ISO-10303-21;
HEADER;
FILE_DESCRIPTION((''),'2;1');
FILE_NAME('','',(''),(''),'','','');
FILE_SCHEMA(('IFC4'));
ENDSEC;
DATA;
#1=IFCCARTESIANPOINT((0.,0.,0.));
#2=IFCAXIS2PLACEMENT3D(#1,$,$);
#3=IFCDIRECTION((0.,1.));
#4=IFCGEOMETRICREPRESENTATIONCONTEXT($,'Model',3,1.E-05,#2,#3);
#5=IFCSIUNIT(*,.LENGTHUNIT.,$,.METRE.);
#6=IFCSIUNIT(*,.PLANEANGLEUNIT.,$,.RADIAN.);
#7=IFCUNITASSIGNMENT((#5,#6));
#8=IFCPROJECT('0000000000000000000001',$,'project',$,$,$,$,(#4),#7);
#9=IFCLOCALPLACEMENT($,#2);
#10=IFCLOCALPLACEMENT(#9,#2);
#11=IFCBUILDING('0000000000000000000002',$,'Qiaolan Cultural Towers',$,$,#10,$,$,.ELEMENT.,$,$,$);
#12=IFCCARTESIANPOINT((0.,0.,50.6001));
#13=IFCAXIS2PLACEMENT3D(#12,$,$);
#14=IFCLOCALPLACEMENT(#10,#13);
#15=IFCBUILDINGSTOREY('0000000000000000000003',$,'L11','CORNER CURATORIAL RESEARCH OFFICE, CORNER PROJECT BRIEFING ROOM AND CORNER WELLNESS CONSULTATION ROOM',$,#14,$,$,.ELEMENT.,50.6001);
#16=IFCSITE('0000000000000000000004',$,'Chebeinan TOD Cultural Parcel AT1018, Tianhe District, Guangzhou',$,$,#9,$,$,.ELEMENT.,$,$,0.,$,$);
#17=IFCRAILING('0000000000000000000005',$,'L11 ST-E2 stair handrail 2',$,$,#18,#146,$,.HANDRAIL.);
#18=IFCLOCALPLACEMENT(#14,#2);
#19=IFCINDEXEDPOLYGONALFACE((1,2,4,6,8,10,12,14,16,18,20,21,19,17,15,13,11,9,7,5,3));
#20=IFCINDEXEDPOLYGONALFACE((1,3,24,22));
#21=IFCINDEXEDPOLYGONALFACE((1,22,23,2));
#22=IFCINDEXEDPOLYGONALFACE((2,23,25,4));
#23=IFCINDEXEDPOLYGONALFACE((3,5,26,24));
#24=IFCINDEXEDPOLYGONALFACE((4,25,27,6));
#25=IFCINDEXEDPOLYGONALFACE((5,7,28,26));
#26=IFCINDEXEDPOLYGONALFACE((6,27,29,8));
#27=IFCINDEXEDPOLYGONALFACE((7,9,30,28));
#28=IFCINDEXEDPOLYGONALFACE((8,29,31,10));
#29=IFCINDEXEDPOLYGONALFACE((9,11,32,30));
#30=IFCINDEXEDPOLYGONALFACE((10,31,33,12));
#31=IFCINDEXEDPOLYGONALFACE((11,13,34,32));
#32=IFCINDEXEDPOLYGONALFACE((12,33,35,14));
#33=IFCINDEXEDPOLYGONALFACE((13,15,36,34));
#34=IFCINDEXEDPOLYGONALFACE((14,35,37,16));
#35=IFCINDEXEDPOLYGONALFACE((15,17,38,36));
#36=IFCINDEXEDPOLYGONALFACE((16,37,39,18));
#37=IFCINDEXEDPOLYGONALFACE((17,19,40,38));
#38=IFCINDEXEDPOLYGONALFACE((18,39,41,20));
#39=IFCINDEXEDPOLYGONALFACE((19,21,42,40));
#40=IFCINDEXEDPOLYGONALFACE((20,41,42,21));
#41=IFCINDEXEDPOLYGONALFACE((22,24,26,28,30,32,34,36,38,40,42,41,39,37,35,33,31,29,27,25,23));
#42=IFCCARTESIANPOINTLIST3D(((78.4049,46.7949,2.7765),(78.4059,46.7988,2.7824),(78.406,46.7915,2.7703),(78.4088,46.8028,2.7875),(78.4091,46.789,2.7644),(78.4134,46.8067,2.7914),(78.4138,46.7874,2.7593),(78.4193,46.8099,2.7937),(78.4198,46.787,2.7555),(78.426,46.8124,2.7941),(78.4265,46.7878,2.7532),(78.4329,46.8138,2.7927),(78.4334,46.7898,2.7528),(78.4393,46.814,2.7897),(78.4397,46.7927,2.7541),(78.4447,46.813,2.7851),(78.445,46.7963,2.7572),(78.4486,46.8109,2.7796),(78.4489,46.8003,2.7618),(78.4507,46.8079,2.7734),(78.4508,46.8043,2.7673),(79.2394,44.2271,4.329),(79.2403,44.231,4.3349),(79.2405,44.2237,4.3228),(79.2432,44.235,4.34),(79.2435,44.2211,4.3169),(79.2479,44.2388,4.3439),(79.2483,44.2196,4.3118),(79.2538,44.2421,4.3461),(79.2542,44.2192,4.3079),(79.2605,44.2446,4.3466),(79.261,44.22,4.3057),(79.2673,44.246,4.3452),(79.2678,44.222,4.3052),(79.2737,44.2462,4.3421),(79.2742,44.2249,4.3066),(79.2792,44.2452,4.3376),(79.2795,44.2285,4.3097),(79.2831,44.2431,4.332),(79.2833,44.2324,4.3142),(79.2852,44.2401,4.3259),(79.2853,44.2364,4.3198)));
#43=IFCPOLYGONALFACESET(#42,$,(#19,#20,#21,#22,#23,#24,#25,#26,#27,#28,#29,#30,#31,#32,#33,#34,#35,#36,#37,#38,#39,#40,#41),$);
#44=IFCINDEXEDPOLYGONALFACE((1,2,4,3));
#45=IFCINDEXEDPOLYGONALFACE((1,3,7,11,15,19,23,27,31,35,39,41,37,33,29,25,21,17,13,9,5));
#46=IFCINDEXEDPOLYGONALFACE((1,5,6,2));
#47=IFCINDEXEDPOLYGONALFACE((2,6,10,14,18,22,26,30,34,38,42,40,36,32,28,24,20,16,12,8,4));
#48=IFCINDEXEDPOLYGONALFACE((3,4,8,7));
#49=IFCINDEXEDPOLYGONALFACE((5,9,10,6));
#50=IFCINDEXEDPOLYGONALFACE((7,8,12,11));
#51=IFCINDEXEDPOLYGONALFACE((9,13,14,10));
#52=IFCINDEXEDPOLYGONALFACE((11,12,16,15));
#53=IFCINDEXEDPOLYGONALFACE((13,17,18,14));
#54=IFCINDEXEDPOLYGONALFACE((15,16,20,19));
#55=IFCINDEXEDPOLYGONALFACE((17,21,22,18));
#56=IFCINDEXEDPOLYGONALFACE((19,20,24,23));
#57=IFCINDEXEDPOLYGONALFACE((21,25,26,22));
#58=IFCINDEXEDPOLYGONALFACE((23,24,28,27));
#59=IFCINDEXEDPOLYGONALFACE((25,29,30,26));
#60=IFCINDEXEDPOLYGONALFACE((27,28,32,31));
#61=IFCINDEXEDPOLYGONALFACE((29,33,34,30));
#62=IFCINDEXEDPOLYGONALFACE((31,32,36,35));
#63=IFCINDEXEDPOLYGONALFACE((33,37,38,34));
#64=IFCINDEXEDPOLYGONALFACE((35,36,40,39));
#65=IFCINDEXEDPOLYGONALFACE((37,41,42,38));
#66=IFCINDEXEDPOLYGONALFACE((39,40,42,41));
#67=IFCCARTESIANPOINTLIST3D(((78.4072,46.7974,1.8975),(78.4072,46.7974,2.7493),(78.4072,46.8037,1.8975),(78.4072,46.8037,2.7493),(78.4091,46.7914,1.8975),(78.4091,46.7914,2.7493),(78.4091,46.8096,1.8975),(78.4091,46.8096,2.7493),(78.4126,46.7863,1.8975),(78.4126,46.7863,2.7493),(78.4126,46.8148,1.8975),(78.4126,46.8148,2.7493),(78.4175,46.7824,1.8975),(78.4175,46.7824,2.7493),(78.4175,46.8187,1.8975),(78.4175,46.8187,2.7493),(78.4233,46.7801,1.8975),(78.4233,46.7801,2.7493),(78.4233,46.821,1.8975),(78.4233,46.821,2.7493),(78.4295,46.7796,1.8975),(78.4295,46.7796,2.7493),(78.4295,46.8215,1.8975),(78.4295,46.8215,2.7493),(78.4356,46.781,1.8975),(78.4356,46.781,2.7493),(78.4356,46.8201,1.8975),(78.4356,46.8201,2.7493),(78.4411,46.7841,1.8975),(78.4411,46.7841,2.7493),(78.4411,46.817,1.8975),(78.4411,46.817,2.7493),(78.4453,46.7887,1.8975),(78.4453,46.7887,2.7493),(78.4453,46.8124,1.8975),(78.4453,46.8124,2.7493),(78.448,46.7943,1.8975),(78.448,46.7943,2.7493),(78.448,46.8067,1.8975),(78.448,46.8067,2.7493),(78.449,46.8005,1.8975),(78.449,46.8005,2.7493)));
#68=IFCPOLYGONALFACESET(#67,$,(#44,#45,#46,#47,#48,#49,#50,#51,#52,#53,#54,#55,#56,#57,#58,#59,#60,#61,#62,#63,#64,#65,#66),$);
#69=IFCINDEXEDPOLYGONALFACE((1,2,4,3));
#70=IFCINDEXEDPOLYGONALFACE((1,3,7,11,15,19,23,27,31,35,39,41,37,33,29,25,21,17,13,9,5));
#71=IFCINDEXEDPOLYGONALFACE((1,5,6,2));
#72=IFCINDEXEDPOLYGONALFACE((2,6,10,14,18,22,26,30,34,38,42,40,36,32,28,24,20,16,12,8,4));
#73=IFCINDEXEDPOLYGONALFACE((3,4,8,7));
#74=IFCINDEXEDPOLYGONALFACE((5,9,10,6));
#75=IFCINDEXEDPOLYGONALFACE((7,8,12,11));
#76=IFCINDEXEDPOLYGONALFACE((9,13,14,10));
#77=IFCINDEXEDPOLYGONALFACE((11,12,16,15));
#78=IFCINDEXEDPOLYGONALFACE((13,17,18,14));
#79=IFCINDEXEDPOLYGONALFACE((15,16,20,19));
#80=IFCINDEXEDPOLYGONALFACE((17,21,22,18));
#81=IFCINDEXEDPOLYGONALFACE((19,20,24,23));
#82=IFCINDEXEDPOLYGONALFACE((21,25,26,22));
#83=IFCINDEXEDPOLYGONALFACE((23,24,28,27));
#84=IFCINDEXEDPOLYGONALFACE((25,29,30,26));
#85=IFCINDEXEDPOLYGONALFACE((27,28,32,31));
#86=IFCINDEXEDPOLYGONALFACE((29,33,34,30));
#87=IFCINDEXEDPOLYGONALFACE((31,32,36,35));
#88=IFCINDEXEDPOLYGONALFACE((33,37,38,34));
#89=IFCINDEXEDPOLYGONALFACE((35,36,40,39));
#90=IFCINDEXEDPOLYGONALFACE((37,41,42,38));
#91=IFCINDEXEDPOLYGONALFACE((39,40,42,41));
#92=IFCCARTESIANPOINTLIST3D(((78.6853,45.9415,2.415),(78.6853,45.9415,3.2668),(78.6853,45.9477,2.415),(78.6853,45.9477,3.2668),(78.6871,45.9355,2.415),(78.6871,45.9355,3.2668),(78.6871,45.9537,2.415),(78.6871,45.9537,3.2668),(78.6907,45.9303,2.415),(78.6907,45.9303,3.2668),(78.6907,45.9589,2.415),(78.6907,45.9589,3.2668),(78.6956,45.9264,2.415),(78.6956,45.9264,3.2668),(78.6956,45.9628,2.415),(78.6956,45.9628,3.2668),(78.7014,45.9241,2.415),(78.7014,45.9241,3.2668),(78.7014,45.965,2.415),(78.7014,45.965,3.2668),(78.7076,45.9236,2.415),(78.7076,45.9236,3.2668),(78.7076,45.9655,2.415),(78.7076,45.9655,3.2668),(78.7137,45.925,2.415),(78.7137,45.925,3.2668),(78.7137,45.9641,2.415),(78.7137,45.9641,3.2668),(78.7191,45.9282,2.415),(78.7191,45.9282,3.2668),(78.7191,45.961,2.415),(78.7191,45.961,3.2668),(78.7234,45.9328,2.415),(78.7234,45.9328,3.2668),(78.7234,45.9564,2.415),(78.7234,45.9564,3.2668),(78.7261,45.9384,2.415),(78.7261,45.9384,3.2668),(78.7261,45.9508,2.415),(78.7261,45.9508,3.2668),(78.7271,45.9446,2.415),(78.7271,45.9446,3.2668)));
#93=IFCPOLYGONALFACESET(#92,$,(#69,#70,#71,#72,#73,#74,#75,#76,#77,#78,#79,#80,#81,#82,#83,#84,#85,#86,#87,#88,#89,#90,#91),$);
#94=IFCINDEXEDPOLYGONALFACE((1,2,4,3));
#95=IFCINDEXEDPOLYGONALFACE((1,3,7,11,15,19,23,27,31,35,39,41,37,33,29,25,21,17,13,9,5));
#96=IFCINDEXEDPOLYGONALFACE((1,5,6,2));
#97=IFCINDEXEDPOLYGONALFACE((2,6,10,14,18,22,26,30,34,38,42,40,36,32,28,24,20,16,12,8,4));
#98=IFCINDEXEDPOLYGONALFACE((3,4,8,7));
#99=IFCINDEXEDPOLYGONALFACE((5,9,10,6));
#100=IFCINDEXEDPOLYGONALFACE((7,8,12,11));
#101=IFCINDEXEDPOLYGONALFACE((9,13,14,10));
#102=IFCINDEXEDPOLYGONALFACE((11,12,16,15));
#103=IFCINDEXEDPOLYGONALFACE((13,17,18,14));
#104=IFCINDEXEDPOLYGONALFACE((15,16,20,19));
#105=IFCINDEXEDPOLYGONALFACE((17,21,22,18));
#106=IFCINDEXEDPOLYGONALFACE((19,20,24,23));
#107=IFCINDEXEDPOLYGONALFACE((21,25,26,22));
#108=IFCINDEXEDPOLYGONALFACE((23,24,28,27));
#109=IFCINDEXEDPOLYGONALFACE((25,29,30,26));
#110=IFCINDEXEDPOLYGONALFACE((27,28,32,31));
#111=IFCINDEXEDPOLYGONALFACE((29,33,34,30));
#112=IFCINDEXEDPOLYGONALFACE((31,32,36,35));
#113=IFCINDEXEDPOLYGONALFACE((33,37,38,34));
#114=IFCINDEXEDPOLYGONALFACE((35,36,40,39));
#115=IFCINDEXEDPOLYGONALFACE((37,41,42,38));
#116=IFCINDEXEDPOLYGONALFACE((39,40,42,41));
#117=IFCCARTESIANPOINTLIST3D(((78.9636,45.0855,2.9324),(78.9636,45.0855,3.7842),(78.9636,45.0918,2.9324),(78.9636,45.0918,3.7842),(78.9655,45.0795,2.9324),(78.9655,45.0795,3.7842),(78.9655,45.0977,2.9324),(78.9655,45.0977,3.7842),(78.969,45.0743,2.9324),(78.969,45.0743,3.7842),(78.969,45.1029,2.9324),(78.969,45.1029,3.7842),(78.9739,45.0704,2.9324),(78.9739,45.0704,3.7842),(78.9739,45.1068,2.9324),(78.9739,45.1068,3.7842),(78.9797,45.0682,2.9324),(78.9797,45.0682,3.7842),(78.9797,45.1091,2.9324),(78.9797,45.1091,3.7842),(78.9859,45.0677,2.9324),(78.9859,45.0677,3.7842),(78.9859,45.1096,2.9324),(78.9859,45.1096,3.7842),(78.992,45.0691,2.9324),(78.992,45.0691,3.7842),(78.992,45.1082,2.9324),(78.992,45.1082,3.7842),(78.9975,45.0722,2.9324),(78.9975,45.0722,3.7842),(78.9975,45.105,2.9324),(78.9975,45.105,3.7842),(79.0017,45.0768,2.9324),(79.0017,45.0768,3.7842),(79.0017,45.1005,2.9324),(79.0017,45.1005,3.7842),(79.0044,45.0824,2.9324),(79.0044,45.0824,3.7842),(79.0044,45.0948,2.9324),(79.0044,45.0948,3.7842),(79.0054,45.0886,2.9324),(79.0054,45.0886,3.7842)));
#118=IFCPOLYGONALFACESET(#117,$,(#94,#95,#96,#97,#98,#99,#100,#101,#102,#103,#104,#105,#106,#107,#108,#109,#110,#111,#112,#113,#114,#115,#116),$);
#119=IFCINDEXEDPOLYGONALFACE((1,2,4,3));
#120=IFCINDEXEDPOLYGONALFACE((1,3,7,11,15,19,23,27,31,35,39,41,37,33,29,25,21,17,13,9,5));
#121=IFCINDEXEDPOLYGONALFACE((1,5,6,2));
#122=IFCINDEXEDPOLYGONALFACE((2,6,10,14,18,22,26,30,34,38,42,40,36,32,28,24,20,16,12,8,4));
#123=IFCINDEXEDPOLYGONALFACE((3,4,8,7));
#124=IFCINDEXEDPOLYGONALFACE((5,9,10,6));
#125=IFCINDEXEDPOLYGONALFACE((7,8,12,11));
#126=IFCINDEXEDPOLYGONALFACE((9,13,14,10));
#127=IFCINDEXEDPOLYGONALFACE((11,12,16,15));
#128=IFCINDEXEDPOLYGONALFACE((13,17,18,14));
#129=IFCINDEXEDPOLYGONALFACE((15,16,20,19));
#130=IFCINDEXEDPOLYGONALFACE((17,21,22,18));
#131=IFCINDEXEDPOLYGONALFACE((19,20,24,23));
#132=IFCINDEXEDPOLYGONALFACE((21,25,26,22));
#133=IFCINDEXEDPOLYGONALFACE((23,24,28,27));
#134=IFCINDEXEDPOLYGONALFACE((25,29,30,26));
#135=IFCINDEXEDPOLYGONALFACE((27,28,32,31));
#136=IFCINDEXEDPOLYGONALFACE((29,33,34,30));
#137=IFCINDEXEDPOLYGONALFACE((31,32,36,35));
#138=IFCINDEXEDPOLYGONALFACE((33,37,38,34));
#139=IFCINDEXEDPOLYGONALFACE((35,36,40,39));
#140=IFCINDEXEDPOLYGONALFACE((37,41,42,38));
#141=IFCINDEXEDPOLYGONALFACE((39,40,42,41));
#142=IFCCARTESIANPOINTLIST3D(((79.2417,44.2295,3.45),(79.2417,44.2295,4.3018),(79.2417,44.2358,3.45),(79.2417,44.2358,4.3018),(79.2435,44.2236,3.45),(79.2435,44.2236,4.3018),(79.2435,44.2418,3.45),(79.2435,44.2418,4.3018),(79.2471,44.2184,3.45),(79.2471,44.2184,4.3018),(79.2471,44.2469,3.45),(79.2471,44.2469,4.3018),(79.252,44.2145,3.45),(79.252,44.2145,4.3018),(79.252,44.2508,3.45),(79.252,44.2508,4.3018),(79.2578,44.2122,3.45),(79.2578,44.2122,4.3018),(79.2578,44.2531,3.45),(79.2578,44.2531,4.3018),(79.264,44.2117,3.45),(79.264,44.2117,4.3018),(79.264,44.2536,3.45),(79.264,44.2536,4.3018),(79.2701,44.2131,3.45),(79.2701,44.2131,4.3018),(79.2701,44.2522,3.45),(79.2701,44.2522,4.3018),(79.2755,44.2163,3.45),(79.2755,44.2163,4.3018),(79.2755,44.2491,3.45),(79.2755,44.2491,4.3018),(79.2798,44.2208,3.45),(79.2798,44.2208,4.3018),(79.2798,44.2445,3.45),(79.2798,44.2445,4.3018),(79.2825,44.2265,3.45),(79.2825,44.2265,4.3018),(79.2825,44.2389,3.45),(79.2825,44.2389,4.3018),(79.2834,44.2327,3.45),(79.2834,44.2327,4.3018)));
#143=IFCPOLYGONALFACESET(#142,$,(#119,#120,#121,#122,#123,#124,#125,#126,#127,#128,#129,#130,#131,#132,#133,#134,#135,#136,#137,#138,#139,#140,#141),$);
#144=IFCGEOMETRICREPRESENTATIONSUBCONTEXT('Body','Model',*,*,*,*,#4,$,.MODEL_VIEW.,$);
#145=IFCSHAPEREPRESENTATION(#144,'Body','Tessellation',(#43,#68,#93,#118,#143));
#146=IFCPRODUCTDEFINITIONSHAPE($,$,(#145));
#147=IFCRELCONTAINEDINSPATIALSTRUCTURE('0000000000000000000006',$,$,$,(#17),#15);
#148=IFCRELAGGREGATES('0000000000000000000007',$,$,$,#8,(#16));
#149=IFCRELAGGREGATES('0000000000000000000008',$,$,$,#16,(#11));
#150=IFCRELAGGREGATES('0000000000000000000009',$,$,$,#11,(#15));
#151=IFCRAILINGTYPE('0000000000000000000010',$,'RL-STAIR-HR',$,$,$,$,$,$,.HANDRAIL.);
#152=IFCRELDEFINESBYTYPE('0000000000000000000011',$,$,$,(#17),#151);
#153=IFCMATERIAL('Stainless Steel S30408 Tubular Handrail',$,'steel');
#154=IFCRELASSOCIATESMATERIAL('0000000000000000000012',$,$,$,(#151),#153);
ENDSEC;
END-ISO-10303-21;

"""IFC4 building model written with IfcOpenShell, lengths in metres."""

from ifc_helpers import new_model, si_unit, direction, frame, origin, origin_2d, place, context, subcontext, project, spatial, circle, extrude, material, type_object, element, save


model = new_model("IFC4")

# Units and contexts
model_context = context("Model", 3, precision=1e-05, world=origin(), true_north=direction((0.0, 1.0)))
body_context = subcontext(model_context, "Body", "Model", "MODEL_VIEW")
ifc_project = project(units=[si_unit("LENGTHUNIT", "METRE"), si_unit("PLANEANGLEUNIT", "RADIAN")], contexts=[model_context])

# Site, building, storey
site_placement = place(None, origin())
site = spatial("IfcSite", under=ifc_project, at=site_placement, Name="Chebeinan TOD Cultural Parcel AT1018, Tianhe District, Guangzhou", CompositionType="ELEMENT", RefElevation=0.0)
building_placement = place(site_placement, origin())
building = spatial("IfcBuilding", under=site, at=building_placement, Name="Qiaolan Cultural Towers", CompositionType="ELEMENT")
storey_placement = place(building_placement, frame((0.0, 0.0, 50.6001)))
storey = spatial("IfcBuildingStorey", under=building, at=storey_placement, Name="L11", Description="CORNER CURATORIAL RESEARCH OFFICE, CORNER PROJECT BRIEFING ROOM AND CORNER WELLNESS CONSULTATION ROOM", CompositionType="ELEMENT", Elevation=50.6001)

# Railing
ifc_material_1 = material(Name="Stainless Steel S30408 Tubular Handrail", Category="steel")
railing_type_1 = type_object("IfcRailingType", Name="RL-STAIR-HR", PredefinedType="HANDRAIL", material=ifc_material_1)
railing_1_placement = place(storey_placement, frame((78.428, 46.8005, 1.8975)))
element("IfcRailing", 1, at=railing_1_placement, inside=storey, type_object=railing_type_1, Name="L11 ST-E2 stair handrail 2", PredefinedType="HANDRAIL", context=body_context, shape_type="SweptSolid", body=[
    extrude(circle(Radius=0.0239, at=origin_2d()), frame((0.0, 0.0, 0.876), z_axis=(0.267926, -0.824471, 0.498461), x_axis=(0.951043, 0.309057, 0.0)), (0.0, 0.0, 1.0), 3.1145),
    extrude(circle(Radius=0.021, at=origin_2d()), origin(), (0.0, 0.0, 1.0), 0.8518),
    extrude(circle(Radius=0.021, at=origin_2d()), frame((0.2781, -0.856, 0.5176)), (0.0, 0.0, 1.0), 0.8518),
    extrude(circle(Radius=0.021, at=origin_2d()), frame((0.5564, -1.7119, 1.0349)), (0.0, 0.0, 1.0), 0.8518),
    extrude(circle(Radius=0.021, at=origin_2d()), frame((0.8345, -2.5679, 1.5525)), (0.0, 0.0, 1.0), 0.8518),
])

save(model, "model.ifc")
